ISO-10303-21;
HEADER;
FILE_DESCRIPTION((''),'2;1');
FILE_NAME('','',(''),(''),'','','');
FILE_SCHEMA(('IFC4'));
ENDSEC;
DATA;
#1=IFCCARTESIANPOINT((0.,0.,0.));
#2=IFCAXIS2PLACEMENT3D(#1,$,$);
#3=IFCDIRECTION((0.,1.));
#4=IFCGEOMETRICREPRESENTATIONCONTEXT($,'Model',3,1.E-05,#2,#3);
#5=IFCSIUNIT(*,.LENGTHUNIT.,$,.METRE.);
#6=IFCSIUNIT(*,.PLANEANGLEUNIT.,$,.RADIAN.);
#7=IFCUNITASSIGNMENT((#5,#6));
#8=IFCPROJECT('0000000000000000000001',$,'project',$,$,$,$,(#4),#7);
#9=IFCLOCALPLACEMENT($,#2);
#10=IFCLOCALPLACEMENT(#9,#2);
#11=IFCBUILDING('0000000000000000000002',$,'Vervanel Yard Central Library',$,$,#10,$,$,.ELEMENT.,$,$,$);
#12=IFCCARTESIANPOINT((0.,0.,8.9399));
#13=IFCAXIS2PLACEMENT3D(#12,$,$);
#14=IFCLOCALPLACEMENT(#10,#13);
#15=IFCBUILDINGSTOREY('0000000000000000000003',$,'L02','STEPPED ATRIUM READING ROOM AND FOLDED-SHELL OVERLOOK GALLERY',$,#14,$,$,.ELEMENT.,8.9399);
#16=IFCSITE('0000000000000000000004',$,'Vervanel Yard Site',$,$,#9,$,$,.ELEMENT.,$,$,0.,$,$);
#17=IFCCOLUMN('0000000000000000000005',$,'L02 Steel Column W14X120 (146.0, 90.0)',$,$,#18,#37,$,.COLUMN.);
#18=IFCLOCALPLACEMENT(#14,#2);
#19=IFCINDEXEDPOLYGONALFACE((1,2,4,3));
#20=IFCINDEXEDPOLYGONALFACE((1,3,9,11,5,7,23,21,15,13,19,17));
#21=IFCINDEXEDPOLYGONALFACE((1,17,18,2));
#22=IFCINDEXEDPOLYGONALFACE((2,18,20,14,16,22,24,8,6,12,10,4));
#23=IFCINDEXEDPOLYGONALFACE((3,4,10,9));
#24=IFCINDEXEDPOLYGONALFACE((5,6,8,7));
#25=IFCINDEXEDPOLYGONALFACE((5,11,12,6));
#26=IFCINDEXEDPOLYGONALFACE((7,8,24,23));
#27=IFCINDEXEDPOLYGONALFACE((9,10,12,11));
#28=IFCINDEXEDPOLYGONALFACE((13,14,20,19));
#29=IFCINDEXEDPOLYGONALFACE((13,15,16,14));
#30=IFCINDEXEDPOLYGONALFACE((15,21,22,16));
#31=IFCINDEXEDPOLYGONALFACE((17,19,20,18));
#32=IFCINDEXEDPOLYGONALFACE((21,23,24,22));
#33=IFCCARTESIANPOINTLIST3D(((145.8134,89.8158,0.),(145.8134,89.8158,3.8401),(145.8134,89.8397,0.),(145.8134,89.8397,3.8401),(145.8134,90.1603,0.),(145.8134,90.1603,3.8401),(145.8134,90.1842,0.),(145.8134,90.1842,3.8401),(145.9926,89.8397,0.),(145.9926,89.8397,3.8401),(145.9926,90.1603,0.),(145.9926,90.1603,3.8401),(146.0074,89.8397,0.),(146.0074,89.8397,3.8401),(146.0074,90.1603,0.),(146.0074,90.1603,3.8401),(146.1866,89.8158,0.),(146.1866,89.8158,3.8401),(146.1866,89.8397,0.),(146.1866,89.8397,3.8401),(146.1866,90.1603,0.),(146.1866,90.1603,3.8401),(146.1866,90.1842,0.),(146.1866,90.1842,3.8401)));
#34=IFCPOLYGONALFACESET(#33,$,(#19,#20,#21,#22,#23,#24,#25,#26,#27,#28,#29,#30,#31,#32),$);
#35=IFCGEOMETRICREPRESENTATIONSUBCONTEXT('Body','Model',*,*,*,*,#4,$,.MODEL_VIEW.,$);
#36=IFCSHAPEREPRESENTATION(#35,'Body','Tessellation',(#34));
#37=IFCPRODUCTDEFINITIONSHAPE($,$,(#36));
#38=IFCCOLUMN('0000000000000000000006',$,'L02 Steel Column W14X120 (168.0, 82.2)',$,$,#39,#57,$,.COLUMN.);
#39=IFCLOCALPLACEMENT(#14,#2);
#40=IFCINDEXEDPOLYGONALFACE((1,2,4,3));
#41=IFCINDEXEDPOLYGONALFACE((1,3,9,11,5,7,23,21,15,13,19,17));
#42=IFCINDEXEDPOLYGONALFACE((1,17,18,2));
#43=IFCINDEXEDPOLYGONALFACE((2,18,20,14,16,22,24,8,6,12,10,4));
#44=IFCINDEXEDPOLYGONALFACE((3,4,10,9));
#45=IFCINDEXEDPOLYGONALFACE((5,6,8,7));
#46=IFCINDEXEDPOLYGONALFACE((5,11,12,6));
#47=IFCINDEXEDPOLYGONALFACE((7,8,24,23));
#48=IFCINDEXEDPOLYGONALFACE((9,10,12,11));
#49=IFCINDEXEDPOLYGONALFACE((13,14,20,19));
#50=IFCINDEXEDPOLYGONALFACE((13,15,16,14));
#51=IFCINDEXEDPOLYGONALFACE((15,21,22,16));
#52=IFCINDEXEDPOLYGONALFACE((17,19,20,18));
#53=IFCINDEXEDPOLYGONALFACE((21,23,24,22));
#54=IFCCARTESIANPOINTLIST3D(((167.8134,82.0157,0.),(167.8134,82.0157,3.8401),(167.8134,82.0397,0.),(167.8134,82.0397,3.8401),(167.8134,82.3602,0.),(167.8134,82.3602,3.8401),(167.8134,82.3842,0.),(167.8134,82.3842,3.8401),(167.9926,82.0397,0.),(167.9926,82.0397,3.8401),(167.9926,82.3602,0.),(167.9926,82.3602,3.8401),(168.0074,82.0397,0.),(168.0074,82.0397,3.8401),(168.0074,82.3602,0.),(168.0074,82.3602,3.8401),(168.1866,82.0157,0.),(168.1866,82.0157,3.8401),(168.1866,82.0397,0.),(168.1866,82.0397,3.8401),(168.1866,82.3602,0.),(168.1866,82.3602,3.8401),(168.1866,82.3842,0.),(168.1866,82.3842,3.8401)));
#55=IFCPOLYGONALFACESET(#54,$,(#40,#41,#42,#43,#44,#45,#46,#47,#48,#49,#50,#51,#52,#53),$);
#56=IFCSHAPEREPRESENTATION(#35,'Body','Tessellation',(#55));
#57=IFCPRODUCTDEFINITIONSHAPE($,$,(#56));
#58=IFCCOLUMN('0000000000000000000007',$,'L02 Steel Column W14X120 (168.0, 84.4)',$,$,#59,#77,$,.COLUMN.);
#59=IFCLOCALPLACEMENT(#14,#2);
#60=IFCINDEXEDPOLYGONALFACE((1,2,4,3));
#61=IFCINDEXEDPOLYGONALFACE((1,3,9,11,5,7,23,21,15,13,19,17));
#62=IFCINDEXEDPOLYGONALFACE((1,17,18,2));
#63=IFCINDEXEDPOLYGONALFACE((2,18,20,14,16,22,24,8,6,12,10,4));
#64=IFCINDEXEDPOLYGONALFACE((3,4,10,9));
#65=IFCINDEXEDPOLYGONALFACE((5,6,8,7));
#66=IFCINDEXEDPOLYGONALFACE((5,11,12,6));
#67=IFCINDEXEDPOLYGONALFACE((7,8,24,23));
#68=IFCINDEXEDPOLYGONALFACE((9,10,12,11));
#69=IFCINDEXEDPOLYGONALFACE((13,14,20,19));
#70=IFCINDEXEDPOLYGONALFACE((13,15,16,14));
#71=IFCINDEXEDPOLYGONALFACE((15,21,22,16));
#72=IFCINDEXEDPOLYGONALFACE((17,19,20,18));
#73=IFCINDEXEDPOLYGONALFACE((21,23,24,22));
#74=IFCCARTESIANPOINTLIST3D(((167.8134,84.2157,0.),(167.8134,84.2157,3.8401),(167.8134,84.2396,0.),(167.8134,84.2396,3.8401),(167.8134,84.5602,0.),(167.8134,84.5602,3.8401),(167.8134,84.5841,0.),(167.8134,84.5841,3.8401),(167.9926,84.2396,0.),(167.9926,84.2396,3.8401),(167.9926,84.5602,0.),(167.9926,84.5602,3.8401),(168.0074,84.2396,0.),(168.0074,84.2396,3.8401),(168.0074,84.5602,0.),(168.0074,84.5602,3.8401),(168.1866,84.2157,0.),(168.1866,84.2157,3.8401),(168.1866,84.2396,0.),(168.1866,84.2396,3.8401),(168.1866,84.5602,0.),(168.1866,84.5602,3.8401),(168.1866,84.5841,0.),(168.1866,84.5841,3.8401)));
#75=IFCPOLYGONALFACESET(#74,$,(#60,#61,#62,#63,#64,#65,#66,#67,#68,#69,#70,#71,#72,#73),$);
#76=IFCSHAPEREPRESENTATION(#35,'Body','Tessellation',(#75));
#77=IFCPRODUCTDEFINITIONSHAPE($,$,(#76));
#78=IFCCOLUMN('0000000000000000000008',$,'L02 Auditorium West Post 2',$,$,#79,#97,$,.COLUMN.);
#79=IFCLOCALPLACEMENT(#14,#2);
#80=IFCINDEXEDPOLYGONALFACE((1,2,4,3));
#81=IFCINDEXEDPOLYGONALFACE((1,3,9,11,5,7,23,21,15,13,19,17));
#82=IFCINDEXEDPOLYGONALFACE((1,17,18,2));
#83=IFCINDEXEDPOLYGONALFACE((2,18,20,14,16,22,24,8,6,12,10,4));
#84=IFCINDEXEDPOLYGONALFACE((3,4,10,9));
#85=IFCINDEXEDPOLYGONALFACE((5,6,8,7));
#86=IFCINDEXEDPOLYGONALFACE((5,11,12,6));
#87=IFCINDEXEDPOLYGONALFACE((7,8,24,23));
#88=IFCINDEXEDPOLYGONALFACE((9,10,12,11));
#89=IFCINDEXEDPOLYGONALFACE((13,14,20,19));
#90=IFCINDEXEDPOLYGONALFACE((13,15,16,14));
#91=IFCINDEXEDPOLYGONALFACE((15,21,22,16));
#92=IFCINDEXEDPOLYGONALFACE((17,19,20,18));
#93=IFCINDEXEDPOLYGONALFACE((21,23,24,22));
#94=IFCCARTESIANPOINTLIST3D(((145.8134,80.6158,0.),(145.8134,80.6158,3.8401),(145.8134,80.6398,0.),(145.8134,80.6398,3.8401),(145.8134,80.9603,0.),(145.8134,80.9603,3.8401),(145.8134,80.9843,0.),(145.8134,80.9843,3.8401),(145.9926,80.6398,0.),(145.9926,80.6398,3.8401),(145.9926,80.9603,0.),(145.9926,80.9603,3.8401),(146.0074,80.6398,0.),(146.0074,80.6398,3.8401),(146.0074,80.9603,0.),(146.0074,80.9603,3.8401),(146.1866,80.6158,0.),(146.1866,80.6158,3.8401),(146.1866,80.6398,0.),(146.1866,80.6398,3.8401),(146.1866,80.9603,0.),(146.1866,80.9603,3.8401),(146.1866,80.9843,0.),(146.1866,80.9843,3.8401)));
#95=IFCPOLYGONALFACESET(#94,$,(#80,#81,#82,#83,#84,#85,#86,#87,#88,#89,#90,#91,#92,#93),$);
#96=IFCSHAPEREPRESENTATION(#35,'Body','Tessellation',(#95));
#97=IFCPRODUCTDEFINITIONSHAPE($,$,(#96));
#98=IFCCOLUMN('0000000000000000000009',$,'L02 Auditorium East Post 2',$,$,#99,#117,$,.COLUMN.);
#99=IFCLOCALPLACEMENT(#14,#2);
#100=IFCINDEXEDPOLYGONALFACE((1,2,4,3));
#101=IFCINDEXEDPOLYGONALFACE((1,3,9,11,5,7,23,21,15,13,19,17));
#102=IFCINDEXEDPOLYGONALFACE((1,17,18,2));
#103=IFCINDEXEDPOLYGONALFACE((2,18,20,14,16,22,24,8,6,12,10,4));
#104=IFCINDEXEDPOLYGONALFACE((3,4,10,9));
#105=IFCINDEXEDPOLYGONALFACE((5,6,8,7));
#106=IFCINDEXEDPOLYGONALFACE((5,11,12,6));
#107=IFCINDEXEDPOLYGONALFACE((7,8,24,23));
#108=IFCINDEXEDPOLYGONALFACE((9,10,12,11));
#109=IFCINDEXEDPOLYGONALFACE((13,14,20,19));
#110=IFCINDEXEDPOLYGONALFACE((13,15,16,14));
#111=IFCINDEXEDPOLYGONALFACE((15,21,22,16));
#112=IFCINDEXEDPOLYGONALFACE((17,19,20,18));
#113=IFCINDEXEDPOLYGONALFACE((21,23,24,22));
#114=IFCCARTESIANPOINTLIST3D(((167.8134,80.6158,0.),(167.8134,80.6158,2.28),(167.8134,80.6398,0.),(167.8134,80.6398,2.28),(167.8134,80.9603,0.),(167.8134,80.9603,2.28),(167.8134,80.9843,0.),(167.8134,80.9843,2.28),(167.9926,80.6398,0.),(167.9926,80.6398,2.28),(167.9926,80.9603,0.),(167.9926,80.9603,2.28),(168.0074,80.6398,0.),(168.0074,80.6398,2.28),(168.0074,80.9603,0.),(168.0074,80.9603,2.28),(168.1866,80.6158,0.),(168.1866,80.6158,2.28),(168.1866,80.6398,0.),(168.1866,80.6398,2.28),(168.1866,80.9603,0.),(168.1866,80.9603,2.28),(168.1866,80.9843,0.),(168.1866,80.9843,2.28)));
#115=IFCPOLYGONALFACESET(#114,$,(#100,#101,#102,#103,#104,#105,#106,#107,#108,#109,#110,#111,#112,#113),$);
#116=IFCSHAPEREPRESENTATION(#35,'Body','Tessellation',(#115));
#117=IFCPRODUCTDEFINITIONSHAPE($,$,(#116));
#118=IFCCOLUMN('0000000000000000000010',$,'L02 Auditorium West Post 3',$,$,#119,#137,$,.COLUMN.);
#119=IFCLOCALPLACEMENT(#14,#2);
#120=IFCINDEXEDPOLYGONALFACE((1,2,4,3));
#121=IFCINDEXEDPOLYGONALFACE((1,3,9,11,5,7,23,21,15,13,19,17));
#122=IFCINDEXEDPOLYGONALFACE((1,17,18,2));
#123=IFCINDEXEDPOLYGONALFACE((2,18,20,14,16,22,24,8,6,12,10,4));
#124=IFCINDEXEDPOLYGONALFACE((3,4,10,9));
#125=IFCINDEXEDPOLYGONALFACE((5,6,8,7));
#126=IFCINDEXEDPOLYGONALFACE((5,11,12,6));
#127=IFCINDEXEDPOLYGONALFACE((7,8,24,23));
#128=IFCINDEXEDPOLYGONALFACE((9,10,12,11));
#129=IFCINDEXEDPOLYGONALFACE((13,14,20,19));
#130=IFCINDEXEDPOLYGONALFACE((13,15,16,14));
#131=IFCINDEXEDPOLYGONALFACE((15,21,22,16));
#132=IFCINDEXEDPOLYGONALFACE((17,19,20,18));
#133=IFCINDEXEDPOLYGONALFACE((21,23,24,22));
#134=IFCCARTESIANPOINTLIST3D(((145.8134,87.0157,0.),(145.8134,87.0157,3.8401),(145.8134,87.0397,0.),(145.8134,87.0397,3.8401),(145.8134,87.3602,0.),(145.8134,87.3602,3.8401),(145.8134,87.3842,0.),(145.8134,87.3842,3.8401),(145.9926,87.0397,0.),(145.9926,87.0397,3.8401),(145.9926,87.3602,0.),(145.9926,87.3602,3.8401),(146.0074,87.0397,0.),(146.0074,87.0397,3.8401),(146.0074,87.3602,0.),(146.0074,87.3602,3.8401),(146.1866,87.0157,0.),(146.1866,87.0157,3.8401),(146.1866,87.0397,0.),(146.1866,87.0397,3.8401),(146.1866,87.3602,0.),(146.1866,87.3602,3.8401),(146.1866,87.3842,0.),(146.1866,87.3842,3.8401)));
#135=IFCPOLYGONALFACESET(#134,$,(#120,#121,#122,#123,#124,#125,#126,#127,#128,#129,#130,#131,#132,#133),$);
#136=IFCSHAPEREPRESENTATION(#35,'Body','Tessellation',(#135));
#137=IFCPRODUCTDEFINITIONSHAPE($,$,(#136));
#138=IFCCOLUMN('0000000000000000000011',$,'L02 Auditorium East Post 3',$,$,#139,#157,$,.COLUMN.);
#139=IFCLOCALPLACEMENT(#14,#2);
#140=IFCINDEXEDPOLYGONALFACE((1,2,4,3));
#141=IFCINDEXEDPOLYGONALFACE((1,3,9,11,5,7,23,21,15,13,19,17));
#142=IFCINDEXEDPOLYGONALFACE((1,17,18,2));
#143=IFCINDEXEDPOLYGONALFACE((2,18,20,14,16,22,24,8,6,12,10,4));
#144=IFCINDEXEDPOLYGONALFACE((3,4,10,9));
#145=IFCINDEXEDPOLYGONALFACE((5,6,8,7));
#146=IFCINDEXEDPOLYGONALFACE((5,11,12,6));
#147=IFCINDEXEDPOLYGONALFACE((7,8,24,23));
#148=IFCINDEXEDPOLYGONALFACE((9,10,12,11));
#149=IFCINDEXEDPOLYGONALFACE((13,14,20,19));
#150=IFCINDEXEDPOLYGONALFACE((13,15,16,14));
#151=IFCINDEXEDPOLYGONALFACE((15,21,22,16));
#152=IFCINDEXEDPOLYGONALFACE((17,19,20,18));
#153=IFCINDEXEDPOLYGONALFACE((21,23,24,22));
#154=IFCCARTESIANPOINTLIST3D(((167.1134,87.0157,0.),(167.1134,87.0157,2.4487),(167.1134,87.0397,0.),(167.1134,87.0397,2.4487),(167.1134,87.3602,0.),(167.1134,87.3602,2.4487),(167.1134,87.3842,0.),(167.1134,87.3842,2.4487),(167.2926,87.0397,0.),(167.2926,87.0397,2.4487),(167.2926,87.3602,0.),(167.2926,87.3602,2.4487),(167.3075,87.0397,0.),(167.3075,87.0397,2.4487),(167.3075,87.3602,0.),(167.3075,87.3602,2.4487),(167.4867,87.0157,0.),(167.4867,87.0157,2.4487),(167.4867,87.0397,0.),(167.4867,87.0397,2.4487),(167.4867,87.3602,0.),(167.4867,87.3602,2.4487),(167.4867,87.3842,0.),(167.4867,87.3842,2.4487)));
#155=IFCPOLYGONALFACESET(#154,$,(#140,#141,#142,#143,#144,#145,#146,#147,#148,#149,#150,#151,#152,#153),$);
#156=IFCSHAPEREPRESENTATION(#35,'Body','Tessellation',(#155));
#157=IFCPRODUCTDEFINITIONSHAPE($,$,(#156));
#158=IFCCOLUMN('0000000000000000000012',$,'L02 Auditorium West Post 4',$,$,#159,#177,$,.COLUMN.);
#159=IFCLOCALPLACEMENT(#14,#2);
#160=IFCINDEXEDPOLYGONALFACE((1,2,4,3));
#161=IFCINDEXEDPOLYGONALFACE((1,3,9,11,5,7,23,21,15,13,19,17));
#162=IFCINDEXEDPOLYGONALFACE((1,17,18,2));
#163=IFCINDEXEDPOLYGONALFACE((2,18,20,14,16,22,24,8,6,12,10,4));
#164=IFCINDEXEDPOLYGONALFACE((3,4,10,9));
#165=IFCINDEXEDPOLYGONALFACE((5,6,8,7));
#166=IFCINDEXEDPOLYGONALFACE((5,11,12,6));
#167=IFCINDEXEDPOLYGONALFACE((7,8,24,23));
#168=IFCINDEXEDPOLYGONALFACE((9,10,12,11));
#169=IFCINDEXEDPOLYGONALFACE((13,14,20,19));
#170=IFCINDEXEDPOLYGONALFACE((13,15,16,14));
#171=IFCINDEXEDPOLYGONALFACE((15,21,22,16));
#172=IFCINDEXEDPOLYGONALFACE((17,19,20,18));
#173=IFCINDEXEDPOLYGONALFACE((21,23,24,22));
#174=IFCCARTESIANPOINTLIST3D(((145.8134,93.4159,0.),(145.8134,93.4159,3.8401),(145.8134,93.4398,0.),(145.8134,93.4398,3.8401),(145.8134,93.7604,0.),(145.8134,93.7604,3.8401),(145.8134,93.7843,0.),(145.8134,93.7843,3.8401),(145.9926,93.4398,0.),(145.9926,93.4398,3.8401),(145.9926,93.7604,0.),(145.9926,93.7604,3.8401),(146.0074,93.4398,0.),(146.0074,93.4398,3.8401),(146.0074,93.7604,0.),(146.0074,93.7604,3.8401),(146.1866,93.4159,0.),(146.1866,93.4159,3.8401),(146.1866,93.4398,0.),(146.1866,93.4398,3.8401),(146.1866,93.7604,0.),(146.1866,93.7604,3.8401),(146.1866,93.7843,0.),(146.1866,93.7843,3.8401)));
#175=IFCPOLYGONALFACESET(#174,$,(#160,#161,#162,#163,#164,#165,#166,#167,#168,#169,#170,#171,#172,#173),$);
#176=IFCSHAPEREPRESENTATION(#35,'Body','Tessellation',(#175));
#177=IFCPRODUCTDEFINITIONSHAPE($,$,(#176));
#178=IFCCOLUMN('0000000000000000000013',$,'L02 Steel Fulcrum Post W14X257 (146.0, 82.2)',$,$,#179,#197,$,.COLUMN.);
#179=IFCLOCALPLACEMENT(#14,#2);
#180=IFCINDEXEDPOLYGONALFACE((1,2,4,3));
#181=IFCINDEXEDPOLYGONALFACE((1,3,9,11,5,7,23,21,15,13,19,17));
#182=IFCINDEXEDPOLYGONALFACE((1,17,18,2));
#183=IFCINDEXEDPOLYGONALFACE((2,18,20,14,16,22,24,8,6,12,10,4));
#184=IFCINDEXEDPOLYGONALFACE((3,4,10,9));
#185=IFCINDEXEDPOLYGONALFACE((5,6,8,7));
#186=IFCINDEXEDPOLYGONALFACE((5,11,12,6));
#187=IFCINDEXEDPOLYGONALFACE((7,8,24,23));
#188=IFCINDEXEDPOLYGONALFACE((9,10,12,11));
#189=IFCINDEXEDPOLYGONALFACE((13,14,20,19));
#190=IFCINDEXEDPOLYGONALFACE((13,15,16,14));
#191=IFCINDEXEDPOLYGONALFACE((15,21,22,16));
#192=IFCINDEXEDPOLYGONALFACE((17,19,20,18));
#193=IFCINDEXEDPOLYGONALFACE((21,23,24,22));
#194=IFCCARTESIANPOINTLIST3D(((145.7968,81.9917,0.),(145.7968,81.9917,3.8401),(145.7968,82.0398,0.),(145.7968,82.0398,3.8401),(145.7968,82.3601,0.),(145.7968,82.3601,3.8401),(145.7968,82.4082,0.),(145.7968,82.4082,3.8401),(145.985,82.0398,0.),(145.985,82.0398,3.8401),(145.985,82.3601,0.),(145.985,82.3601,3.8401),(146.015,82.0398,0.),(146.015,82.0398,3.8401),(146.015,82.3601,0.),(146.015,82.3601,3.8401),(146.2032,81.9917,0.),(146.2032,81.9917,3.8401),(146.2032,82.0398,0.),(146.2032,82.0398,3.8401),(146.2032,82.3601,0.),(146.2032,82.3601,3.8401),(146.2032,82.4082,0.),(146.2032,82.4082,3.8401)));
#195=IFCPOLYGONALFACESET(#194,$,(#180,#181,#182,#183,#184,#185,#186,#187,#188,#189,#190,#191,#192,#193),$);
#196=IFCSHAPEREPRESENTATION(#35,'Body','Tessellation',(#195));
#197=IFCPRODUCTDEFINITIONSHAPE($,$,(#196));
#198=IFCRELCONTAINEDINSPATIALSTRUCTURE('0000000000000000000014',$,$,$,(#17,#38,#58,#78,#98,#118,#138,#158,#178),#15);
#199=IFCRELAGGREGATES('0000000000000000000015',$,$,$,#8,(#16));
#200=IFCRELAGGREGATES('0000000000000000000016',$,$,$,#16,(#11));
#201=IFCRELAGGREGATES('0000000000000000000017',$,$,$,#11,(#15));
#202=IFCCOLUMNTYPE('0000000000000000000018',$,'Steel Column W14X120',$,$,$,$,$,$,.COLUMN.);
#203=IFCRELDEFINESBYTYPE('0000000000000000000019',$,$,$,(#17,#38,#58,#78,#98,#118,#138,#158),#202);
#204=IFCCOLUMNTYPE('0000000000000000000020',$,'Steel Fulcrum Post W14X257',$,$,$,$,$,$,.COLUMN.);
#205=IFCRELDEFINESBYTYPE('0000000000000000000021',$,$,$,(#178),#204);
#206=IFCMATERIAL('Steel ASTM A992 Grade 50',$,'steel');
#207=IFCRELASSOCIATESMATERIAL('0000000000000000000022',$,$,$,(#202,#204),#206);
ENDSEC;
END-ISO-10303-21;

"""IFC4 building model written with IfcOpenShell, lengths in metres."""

from ifc_helpers import new_model, si_unit, direction, frame, origin, origin_2d, place, context, subcontext, project, spatial, i_section, extrude, material, material_profile, profile_set, type_object, element, save


model = new_model("IFC4")

# Units and contexts
model_context = context("Model", 3, precision=1e-05, world=origin(), true_north=direction((0.0, 1.0)))
body_context = subcontext(model_context, "Body", "Model", "MODEL_VIEW")
ifc_project = project(units=[si_unit("LENGTHUNIT", "METRE"), si_unit("PLANEANGLEUNIT", "RADIAN")], contexts=[model_context])

# Site, building, storey
site_placement = place(None, origin())
site = spatial("IfcSite", under=ifc_project, at=site_placement, Name="Vervanel Yard Site", CompositionType="ELEMENT", RefElevation=0.0)
building_placement = place(site_placement, origin())
building = spatial("IfcBuilding", under=site, at=building_placement, Name="Vervanel Yard Central Library", CompositionType="ELEMENT")
storey_placement = place(building_placement, frame((0.0, 0.0, 8.9399)))
storey = spatial("IfcBuildingStorey", under=building, at=storey_placement, Name="L02", Description="STEPPED ATRIUM READING ROOM AND FOLDED-SHELL OVERLOOK GALLERY", CompositionType="ELEMENT", Elevation=8.9399)

# Columns
ifc_material_1 = material(Name="Steel ASTM A992 Grade 50", Category="steel")
ifc_material_profile_1 = material_profile(ifc_material_1, i_section(OverallWidth=0.3733, OverallDepth=0.3684, WebThickness=0.0149, FlangeThickness=0.0239, at=origin_2d()), Name="W14X120", Category="steel")
ifc_profile_set_1 = profile_set([ifc_material_profile_1], Name="Steel ASTM A992 Grade 50")
column_type_1 = type_object("IfcColumnType", Name="Steel Column W14X120", PredefinedType="COLUMN", material=ifc_profile_set_1)
for number, where, z_axis, x_axis, name in (
    (1, (146.0, 90.0, 0.0), (0.0, 0.0, 1.0), (1.0, 0.0, 0.0), "L02 Steel Column W14X120 (146.0, 90.0)"),
    (2, (168.0, 82.2, 0.0), (0.0, 0.0, 1.0), (1.0, 0.0, 0.0), "L02 Steel Column W14X120 (168.0, 82.2)"),
    (3, (168.0, 84.3999, 0.0), (0.0, 0.0, 1.0), (1.0, 0.0, 0.0), "L02 Steel Column W14X120 (168.0, 84.4)"),
    (4, (146.0, 80.8, 0.0), (0.0, 0.0, 1.0), (1.0, 0.0, 0.0), "L02 Auditorium West Post 2"),
):
    element("IfcColumn", number, at=place(storey_placement, frame(where, z_axis=z_axis, x_axis=x_axis)), inside=storey, type_object=column_type_1, Name=name, PredefinedType="COLUMN", context=body_context, shape_type="SweptSolid", body=[
        extrude(i_section(OverallWidth=0.3733, OverallDepth=0.3684, WebThickness=0.0149, FlangeThickness=0.0239, at=origin_2d()), origin(), (0.0, 0.0, 1.0), 3.8401),
    ])
column_1_placement = place(storey_placement, frame((168.0, 80.8, 0.0), z_axis=(0.0, 0.0, 1.0), x_axis=(1.0, 0.0, 0.0)))
element("IfcColumn", 5, at=column_1_placement, inside=storey, type_object=column_type_1, Name="L02 Auditorium East Post 2", PredefinedType="COLUMN", context=body_context, shape_type="SweptSolid", body=[
    extrude(i_section(OverallWidth=0.3733, OverallDepth=0.3684, WebThickness=0.0149, FlangeThickness=0.0239, at=origin_2d()), origin(), (0.0, 0.0, 1.0), 2.28),
])
column_2_placement = place(storey_placement, frame((146.0, 87.2, 0.0), z_axis=(0.0, 0.0, 1.0), x_axis=(1.0, 0.0, 0.0)))
element("IfcColumn", 6, at=column_2_placement, inside=storey, type_object=column_type_1, Name="L02 Auditorium West Post 3", PredefinedType="COLUMN", context=body_context, shape_type="SweptSolid", body=[
    extrude(i_section(OverallWidth=0.3733, OverallDepth=0.3684, WebThickness=0.0149, FlangeThickness=0.0239, at=origin_2d()), origin(), (0.0, 0.0, 1.0), 3.8401),
])
column_3_placement = place(storey_placement, frame((167.3, 87.2, 0.0), z_axis=(0.0, 0.0, 1.0), x_axis=(1.0, 0.0, 0.0)))
element("IfcColumn", 7, at=column_3_placement, inside=storey, type_object=column_type_1, Name="L02 Auditorium East Post 3", PredefinedType="COLUMN", context=body_context, shape_type="SweptSolid", body=[
    extrude(i_section(OverallWidth=0.3733, OverallDepth=0.3684, WebThickness=0.0149, FlangeThickness=0.0239, at=origin_2d()), origin(), (0.0, 0.0, 1.0), 2.4487),
])
column_4_placement = place(storey_placement, frame((146.0, 93.6001, 0.0), z_axis=(0.0, 0.0, 1.0), x_axis=(1.0, 0.0, 0.0)))
element("IfcColumn", 8, at=column_4_placement, inside=storey, type_object=column_type_1, Name="L02 Auditorium West Post 4", PredefinedType="COLUMN", context=body_context, shape_type="SweptSolid", body=[
    extrude(i_section(OverallWidth=0.3733, OverallDepth=0.3684, WebThickness=0.0149, FlangeThickness=0.0239, at=origin_2d()), origin(), (0.0, 0.0, 1.0), 3.8401),
])
ifc_material_profile_2 = material_profile(ifc_material_1, i_section(OverallWidth=0.4065, OverallDepth=0.4165, WebThickness=0.03, FlangeThickness=0.0481, at=origin_2d()), Name="W14X257", Category="steel")
ifc_profile_set_2 = profile_set([ifc_material_profile_2], Name="Steel ASTM A992 Grade 50")
column_type_2 = type_object("IfcColumnType", Name="Steel Fulcrum Post W14X257", PredefinedType="COLUMN", material=ifc_profile_set_2)
column_5_placement = place(storey_placement, frame((146.0, 82.2, 0.0), z_axis=(0.0, 0.0, 1.0), x_axis=(1.0, 0.0, 0.0)))
element("IfcColumn", 9, at=column_5_placement, inside=storey, type_object=column_type_2, Name="L02 Steel Fulcrum Post W14X257 (146.0, 82.2)", PredefinedType="COLUMN", context=body_context, shape_type="SweptSolid", body=[
    extrude(i_section(OverallWidth=0.4065, OverallDepth=0.4165, WebThickness=0.03, FlangeThickness=0.0481, at=origin_2d()), origin(), (0.0, 0.0, 1.0), 3.8401),
])

save(model, "model.ifc")
